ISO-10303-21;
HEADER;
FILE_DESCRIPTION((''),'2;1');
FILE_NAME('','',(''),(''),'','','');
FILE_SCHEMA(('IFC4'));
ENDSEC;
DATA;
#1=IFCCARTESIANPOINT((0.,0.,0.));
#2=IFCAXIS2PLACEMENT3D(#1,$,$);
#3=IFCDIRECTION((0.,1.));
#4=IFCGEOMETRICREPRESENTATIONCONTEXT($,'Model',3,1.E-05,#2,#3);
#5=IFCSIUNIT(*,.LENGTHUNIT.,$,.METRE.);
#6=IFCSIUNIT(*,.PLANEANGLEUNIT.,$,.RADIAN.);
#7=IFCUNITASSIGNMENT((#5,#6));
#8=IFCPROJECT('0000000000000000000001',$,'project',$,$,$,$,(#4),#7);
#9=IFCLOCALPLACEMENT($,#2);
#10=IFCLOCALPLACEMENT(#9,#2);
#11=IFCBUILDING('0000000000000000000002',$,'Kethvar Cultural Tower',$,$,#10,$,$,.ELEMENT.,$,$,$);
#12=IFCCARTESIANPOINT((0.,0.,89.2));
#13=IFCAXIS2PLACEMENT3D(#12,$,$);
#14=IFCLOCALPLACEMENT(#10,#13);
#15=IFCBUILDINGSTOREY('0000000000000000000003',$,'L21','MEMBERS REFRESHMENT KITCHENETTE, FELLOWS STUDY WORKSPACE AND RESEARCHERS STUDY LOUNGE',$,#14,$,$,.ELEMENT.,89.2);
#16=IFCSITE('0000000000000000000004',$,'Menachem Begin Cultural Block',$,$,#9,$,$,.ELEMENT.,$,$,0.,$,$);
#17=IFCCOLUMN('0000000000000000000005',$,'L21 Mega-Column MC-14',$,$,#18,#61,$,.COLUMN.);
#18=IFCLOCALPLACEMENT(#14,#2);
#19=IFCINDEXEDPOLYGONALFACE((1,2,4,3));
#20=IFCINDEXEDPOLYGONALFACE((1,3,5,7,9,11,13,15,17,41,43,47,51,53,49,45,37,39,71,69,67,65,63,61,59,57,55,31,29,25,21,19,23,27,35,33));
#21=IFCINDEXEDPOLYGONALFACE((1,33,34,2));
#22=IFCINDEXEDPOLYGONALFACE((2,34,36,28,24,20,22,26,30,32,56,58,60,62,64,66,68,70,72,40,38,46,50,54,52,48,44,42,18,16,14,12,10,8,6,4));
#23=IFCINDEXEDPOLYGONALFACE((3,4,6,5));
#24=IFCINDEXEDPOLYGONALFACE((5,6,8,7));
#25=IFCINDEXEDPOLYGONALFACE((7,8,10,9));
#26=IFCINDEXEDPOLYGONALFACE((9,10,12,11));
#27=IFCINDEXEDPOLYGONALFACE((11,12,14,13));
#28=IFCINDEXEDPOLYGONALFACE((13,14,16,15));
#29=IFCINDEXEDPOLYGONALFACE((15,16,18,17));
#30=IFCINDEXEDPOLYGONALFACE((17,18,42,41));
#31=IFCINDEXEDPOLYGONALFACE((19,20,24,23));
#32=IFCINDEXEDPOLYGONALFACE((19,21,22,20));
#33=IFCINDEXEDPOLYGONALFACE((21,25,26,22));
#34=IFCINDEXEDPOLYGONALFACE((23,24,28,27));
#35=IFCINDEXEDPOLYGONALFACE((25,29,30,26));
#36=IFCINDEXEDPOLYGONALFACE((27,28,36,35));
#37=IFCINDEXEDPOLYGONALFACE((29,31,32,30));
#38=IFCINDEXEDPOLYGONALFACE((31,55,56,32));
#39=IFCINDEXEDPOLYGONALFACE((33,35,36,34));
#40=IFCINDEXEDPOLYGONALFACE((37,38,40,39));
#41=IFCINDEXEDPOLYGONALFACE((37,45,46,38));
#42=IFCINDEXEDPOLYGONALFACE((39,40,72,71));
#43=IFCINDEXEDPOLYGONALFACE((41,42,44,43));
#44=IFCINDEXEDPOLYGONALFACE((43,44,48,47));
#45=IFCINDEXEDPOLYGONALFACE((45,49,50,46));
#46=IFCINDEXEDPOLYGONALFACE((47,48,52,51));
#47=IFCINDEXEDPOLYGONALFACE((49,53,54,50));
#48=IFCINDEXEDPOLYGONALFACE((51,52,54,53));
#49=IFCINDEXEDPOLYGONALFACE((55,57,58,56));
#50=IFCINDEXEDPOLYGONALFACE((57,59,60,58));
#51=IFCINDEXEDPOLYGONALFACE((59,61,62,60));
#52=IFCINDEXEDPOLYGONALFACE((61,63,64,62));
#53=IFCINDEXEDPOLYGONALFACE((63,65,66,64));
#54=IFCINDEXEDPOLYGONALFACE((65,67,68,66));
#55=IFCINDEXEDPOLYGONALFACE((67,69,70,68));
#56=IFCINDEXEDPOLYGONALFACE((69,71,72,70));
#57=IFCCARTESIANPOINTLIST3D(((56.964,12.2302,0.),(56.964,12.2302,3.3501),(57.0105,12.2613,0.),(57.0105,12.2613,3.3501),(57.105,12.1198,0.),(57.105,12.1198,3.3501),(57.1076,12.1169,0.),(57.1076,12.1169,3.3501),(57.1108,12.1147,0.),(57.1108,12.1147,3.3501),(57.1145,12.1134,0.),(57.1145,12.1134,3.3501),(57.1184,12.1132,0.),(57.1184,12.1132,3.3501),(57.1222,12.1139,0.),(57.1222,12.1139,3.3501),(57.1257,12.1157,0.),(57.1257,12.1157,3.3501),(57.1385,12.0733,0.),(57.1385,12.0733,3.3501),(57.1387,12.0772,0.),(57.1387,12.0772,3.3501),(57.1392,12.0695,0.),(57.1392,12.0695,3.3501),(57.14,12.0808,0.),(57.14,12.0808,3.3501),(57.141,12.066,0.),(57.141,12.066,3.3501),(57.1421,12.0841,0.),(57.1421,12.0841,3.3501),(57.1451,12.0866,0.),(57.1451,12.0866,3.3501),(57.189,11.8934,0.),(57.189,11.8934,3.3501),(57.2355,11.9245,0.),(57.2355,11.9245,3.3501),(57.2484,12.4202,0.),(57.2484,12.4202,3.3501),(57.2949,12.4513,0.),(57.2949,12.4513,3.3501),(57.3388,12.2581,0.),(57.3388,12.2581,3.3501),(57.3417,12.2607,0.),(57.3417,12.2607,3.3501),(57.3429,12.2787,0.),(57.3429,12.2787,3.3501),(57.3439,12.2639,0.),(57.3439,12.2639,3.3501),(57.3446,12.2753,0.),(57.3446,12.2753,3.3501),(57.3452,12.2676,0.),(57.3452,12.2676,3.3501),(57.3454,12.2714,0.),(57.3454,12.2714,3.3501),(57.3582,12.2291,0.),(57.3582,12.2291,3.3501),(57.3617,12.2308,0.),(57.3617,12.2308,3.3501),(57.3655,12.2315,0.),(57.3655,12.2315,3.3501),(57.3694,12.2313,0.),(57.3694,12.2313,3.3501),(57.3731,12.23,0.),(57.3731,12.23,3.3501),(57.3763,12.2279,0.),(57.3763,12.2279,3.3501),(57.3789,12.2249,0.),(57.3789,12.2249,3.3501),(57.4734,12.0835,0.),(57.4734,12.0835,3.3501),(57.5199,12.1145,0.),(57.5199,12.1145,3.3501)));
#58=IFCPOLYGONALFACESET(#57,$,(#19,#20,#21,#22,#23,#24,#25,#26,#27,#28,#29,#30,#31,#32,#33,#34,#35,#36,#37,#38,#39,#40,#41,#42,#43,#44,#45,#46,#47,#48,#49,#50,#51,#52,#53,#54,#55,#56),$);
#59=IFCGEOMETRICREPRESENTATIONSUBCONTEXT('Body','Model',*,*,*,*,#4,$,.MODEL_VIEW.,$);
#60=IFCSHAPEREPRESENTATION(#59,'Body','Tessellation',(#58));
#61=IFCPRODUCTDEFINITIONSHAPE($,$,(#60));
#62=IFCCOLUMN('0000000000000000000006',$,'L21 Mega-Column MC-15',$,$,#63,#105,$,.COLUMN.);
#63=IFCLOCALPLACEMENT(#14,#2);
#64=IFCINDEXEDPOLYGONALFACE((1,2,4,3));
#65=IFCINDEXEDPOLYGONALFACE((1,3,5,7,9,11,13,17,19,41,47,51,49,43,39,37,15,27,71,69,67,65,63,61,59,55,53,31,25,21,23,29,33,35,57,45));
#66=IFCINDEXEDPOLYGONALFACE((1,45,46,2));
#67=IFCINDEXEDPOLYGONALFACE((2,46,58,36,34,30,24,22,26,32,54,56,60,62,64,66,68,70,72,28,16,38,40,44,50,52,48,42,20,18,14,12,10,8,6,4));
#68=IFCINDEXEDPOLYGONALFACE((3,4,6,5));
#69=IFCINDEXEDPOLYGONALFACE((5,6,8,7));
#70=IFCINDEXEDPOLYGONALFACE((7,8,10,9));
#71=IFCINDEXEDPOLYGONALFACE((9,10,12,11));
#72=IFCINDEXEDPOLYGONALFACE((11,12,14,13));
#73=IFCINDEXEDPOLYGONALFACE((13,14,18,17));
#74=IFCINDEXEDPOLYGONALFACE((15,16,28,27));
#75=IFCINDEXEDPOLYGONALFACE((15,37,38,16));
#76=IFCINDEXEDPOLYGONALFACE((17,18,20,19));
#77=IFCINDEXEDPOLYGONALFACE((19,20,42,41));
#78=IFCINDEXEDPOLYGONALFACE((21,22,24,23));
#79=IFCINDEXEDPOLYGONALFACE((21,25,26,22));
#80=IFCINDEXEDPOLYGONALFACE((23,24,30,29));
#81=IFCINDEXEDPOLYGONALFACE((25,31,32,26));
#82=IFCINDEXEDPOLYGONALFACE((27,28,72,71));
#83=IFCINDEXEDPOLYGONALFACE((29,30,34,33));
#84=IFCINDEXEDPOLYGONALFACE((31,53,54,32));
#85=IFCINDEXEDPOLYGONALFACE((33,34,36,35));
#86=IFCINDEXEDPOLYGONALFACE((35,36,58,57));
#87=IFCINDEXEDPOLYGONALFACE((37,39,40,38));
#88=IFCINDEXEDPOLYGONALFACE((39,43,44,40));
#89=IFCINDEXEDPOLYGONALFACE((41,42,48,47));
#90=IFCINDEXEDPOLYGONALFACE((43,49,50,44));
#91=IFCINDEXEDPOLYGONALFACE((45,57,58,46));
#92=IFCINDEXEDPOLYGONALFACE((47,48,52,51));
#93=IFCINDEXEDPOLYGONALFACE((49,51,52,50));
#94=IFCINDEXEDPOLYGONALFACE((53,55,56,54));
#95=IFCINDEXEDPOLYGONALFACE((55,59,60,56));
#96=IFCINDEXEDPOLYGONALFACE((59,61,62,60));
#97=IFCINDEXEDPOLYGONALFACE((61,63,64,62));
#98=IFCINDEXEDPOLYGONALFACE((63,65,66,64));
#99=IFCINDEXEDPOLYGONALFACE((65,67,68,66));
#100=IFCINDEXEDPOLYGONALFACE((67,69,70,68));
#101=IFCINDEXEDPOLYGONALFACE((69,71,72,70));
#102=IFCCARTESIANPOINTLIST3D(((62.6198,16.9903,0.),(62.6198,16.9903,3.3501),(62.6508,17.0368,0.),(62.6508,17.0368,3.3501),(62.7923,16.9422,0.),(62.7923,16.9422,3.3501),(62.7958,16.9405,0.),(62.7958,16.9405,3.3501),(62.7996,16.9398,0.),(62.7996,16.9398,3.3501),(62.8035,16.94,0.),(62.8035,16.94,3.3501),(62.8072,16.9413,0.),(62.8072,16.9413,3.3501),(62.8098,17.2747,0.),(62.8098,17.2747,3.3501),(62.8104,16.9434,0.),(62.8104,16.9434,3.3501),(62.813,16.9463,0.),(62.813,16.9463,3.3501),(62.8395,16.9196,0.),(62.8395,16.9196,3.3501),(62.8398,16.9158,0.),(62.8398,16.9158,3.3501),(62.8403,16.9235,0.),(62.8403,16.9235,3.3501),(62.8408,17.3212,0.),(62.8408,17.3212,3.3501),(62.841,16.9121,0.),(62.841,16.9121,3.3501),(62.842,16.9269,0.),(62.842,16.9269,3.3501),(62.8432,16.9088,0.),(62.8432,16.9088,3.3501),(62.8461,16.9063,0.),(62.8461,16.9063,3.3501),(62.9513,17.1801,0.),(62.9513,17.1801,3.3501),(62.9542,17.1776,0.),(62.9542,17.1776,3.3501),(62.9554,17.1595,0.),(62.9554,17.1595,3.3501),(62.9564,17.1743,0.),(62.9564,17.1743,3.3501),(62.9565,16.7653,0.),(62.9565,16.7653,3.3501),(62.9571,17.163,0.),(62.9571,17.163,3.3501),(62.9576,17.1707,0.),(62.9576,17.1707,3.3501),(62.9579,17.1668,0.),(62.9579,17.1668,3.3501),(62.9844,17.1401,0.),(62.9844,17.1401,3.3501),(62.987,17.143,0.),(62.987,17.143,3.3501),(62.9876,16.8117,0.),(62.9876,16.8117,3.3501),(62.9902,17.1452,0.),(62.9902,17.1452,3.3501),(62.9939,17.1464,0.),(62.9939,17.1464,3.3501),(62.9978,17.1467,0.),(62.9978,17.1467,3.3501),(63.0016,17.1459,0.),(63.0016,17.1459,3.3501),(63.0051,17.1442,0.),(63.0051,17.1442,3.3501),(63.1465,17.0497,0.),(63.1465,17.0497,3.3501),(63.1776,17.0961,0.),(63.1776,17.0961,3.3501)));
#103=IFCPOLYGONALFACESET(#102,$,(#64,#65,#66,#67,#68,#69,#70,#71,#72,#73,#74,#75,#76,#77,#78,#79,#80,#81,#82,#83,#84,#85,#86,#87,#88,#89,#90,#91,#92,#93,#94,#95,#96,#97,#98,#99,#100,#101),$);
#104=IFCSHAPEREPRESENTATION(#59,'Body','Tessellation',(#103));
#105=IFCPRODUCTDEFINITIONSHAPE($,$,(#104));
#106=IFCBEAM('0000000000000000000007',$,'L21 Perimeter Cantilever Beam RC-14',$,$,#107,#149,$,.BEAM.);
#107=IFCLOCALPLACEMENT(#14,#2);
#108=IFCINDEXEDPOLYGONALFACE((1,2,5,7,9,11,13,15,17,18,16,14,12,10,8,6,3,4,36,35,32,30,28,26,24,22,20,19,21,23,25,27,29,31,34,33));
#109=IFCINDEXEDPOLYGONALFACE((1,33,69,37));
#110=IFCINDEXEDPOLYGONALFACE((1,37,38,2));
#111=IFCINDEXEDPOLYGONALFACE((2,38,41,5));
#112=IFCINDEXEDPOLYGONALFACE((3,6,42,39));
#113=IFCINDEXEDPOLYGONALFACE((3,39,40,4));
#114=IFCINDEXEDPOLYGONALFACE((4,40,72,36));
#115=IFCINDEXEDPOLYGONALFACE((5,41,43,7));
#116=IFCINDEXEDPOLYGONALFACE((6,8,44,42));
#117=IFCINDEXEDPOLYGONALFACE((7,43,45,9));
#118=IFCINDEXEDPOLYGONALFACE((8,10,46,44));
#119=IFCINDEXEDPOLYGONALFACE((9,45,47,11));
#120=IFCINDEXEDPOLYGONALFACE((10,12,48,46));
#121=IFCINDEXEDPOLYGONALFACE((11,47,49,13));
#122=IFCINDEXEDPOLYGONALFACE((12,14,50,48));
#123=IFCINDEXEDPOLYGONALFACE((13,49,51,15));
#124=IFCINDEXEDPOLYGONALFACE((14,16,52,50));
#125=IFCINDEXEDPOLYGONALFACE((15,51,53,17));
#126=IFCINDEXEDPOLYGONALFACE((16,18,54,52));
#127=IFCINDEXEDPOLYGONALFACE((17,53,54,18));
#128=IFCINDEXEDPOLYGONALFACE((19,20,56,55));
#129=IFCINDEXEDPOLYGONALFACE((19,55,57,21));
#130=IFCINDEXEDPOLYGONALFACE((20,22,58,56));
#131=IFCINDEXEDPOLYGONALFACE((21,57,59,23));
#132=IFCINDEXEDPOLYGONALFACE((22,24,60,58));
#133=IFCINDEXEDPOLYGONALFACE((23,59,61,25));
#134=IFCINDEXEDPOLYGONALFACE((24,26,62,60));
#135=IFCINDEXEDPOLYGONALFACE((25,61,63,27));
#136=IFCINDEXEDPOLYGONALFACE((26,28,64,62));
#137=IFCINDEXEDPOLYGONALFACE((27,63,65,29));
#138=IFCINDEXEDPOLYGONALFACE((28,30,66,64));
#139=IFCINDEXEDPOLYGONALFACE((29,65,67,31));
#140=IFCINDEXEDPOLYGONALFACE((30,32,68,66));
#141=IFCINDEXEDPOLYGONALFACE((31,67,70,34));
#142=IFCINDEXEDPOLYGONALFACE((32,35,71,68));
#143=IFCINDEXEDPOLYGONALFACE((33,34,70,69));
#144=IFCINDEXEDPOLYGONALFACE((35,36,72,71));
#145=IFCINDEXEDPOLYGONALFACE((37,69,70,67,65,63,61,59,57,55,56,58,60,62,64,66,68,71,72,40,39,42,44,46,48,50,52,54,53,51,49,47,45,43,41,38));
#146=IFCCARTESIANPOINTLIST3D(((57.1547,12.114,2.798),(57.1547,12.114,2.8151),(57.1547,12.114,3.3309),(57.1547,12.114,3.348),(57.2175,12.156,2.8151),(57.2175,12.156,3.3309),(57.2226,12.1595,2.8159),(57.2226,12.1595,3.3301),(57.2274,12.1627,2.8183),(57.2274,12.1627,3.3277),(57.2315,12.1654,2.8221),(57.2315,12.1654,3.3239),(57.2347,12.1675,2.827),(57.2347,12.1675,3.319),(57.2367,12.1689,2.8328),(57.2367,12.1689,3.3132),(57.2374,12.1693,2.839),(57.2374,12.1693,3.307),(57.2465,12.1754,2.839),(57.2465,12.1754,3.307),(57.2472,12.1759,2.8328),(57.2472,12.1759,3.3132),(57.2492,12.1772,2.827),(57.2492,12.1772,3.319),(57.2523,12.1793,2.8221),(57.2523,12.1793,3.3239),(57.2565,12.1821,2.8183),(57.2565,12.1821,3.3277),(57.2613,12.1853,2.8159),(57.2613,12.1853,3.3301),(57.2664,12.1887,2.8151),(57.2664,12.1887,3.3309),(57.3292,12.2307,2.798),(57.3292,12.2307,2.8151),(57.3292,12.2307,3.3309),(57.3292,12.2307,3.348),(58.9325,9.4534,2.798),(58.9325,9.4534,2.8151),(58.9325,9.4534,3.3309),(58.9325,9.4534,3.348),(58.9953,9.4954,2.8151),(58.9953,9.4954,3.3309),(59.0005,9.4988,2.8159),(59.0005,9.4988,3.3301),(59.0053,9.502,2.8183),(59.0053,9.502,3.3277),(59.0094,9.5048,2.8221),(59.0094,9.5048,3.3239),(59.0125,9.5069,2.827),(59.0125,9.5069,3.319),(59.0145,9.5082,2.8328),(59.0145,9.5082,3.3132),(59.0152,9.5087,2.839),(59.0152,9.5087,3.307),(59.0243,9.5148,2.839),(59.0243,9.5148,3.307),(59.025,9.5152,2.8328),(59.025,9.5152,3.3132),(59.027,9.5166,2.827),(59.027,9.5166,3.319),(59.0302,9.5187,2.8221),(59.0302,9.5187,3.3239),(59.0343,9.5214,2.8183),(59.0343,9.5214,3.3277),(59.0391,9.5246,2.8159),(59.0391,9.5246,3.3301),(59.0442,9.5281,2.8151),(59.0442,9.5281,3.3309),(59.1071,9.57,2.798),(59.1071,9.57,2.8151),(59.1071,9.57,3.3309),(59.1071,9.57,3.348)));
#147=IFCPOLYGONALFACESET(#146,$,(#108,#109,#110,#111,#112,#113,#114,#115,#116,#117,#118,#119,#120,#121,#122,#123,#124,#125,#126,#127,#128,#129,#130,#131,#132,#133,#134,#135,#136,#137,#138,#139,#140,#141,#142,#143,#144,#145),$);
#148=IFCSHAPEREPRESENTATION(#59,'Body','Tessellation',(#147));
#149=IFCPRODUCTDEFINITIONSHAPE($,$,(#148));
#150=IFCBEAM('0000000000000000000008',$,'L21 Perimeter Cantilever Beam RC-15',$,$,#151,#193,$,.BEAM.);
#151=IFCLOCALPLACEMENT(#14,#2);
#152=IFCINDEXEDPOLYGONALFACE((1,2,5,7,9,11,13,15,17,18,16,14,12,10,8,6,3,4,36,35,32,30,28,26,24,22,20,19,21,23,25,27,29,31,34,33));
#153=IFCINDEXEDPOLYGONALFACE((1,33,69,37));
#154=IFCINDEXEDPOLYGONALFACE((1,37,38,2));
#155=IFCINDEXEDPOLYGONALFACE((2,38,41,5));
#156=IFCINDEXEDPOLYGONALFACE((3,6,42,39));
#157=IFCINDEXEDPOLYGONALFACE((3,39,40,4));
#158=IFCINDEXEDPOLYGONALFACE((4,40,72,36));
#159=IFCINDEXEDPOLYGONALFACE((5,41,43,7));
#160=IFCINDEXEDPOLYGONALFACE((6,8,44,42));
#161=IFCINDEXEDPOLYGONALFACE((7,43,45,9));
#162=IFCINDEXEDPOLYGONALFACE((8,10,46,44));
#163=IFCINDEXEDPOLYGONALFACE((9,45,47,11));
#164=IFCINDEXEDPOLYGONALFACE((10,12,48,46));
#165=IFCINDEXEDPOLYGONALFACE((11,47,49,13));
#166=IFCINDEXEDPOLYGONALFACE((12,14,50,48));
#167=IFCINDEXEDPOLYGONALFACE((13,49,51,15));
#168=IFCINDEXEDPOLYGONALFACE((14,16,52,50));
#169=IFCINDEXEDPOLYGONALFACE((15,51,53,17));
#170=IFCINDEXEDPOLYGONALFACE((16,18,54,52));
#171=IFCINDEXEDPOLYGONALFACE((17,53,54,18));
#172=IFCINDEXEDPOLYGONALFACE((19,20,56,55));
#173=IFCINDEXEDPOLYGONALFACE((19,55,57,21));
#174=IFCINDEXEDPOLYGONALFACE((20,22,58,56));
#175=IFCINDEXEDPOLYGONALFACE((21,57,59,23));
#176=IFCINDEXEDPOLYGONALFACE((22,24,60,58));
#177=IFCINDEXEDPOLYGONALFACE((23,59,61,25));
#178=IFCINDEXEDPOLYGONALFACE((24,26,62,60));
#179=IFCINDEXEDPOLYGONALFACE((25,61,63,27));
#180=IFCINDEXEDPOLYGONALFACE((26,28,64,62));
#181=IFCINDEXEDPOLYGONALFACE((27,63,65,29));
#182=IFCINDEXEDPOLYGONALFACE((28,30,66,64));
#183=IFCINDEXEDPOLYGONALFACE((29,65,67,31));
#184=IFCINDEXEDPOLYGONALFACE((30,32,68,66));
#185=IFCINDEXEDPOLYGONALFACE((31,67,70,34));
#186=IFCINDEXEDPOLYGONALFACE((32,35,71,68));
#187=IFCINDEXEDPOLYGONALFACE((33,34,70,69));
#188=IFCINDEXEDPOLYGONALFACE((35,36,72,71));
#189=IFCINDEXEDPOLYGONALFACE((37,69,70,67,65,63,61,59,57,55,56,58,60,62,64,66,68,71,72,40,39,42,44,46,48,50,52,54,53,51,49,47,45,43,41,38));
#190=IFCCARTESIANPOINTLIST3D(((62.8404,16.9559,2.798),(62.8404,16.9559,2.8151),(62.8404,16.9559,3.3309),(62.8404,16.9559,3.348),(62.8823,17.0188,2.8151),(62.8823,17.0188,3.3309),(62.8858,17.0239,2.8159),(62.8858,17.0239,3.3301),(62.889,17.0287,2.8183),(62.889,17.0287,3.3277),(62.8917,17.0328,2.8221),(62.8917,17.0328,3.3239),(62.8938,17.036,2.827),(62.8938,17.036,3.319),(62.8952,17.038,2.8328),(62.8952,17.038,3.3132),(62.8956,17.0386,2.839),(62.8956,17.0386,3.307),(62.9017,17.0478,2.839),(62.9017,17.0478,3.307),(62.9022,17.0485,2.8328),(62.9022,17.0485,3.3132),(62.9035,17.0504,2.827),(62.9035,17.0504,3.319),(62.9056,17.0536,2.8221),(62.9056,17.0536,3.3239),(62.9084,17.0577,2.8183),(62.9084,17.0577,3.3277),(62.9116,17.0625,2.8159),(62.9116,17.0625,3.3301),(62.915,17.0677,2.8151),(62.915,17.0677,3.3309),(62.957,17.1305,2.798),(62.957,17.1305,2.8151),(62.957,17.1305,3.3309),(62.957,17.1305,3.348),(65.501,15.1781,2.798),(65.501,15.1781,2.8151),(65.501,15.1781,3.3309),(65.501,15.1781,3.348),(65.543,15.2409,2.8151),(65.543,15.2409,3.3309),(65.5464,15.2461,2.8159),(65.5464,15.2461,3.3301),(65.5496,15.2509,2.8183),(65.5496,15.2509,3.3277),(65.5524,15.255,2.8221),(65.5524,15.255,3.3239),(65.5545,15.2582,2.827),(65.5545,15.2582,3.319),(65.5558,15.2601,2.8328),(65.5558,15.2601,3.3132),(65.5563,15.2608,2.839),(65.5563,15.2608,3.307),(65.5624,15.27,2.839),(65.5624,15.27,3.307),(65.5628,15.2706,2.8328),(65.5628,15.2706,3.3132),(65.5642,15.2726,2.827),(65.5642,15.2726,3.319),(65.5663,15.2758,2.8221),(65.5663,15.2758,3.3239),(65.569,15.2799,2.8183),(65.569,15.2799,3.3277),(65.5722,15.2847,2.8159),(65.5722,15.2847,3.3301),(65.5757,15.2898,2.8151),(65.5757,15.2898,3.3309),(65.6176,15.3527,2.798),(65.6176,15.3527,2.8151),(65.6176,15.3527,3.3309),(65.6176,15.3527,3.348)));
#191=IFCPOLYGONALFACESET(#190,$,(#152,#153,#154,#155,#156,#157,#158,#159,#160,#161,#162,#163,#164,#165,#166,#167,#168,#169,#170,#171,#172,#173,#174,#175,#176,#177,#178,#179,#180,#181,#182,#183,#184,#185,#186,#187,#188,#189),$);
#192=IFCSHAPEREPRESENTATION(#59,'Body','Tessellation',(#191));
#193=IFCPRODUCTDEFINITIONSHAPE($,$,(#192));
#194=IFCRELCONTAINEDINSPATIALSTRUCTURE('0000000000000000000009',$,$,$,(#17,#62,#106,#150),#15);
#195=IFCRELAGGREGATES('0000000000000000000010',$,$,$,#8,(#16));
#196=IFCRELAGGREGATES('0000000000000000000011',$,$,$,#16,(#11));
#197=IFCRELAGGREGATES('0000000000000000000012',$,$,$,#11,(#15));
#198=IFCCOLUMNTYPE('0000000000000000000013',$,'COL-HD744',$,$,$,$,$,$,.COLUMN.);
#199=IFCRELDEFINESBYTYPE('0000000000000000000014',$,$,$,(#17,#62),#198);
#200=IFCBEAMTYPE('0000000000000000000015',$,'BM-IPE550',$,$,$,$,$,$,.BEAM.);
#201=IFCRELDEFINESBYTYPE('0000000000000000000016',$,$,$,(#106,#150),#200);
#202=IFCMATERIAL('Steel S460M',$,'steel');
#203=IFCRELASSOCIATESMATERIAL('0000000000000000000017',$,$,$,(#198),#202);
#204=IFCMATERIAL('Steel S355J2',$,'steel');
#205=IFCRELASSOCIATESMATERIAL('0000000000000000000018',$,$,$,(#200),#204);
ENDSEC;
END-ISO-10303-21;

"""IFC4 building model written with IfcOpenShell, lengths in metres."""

from ifc_helpers import new_model, si_unit, direction, frame, origin, origin_2d, place, context, subcontext, project, spatial, i_section, extrude, source, transform, mapped, material, material_profile, profile_set, type_object, element, save


model = new_model("IFC4")

# Units and contexts
model_context = context("Model", 3, precision=1e-05, world=origin(), true_north=direction((0.0, 1.0)))
body_context = subcontext(model_context, "Body", "Model", "MODEL_VIEW")
ifc_project = project(units=[si_unit("LENGTHUNIT", "METRE"), si_unit("PLANEANGLEUNIT", "RADIAN")], contexts=[model_context])

# Site, building, storey
site_placement = place(None, origin())
site = spatial("IfcSite", under=ifc_project, at=site_placement, Name="Menachem Begin Cultural Block", CompositionType="ELEMENT", RefElevation=0.0)
building_placement = place(site_placement, origin())
building = spatial("IfcBuilding", under=site, at=building_placement, Name="Kethvar Cultural Tower", CompositionType="ELEMENT")
storey_placement = place(building_placement, frame((0.0, 0.0, 89.2)))
storey = spatial("IfcBuildingStorey", under=building, at=storey_placement, Name="L21", Description="MEMBERS REFRESHMENT KITCHENETTE, FELLOWS STUDY WORKSPACE AND RESEARCHERS STUDY LOUNGE", CompositionType="ELEMENT", Elevation=89.2)

# Columns
ifc_material_1 = material(Name="Steel S460M", Category="steel")
ifc_material_profile_1 = material_profile(ifc_material_1, i_section(OverallWidth=0.405, OverallDepth=0.3979, WebThickness=0.0349, FlangeThickness=0.0559, FilletRadius=0.0149, at=origin_2d()), Name="Steel S460M — HD400x744")
ifc_profile_set_1 = profile_set([ifc_material_profile_1], Name="Steel S460M — HD400x744")
column_type = type_object("IfcColumnType", Name="COL-HD744", PredefinedType="COLUMN", material=ifc_profile_set_1)
shared_shape_1 = source(origin(), body_context, "Body", "SweptSolid", [
    extrude(i_section(OverallWidth=0.405, OverallDepth=0.3979, WebThickness=0.0349, FlangeThickness=0.0559, FilletRadius=0.0149, at=origin_2d()), origin(), (0.0, 0.0, 1.0), 3.3501),
])
for number, where, z_axis, x_axis, name in (
    (1, (57.2419, 12.1724, 0.0), (0.0, 0.0, 1.0), (0.55557, -0.83147, 0.0), "L21 Mega-Column MC-14"),
    (2, (62.8987, 17.0432, 0.0), (0.0, 0.0, 1.0), (0.83147, -0.55557, 0.0), "L21 Mega-Column MC-15"),
):
    element("IfcColumn", number, at=place(storey_placement, frame(where, z_axis=z_axis, x_axis=x_axis)), inside=storey, type_object=column_type, Name=name, PredefinedType="COLUMN", context=body_context, shape_type="MappedRepresentation", body=[
        mapped(shared_shape_1, transform((0.0, 0.0, 0.0), scale=1.0)),
    ])

# Beams
ifc_material_2 = material(Name="Steel S355J2", Category="steel")
ifc_material_profile_2 = material_profile(ifc_material_2, i_section(OverallWidth=0.21, OverallDepth=0.55, WebThickness=0.011, FlangeThickness=0.0171, FilletRadius=0.0239, at=origin_2d()), Name="Steel S355J2 — IPE550")
ifc_profile_set_2 = profile_set([ifc_material_profile_2], Name="Steel S355J2 — IPE550")
beam_type_1 = type_object("IfcBeamType", Name="BM-IPE550", PredefinedType="BEAM", material=ifc_profile_set_2)
shared_shape_2 = source(origin(), body_context, "Body", "SweptSolid", [
    extrude(i_section(OverallWidth=0.21, OverallDepth=0.55, WebThickness=0.011, FlangeThickness=0.0171, FilletRadius=0.0239, at=origin_2d()), origin(), (0.0, 0.0, 1.0), 3.2),
])
for number, where, z_axis, x_axis, name in (
    (3, (57.2419, 12.1724, 3.073), (0.55558, -0.831463, 0.0), (0.831463, 0.55558, 0.0), "L21 Perimeter Cantilever Beam RC-14"),
    (4, (62.8987, 17.0432, 3.073), (0.831463, -0.55558, 0.0), (0.55558, 0.831463, 0.0), "L21 Perimeter Cantilever Beam RC-15"),
):
    element("IfcBeam", number, at=place(storey_placement, frame(where, z_axis=z_axis, x_axis=x_axis)), inside=storey, type_object=beam_type_1, Name=name, PredefinedType="BEAM", context=body_context, shape_type="MappedRepresentation", body=[
        mapped(shared_shape_2, transform((0.0, 0.0, 0.0), scale=1.0)),
    ])

save(model, "model.ifc")
